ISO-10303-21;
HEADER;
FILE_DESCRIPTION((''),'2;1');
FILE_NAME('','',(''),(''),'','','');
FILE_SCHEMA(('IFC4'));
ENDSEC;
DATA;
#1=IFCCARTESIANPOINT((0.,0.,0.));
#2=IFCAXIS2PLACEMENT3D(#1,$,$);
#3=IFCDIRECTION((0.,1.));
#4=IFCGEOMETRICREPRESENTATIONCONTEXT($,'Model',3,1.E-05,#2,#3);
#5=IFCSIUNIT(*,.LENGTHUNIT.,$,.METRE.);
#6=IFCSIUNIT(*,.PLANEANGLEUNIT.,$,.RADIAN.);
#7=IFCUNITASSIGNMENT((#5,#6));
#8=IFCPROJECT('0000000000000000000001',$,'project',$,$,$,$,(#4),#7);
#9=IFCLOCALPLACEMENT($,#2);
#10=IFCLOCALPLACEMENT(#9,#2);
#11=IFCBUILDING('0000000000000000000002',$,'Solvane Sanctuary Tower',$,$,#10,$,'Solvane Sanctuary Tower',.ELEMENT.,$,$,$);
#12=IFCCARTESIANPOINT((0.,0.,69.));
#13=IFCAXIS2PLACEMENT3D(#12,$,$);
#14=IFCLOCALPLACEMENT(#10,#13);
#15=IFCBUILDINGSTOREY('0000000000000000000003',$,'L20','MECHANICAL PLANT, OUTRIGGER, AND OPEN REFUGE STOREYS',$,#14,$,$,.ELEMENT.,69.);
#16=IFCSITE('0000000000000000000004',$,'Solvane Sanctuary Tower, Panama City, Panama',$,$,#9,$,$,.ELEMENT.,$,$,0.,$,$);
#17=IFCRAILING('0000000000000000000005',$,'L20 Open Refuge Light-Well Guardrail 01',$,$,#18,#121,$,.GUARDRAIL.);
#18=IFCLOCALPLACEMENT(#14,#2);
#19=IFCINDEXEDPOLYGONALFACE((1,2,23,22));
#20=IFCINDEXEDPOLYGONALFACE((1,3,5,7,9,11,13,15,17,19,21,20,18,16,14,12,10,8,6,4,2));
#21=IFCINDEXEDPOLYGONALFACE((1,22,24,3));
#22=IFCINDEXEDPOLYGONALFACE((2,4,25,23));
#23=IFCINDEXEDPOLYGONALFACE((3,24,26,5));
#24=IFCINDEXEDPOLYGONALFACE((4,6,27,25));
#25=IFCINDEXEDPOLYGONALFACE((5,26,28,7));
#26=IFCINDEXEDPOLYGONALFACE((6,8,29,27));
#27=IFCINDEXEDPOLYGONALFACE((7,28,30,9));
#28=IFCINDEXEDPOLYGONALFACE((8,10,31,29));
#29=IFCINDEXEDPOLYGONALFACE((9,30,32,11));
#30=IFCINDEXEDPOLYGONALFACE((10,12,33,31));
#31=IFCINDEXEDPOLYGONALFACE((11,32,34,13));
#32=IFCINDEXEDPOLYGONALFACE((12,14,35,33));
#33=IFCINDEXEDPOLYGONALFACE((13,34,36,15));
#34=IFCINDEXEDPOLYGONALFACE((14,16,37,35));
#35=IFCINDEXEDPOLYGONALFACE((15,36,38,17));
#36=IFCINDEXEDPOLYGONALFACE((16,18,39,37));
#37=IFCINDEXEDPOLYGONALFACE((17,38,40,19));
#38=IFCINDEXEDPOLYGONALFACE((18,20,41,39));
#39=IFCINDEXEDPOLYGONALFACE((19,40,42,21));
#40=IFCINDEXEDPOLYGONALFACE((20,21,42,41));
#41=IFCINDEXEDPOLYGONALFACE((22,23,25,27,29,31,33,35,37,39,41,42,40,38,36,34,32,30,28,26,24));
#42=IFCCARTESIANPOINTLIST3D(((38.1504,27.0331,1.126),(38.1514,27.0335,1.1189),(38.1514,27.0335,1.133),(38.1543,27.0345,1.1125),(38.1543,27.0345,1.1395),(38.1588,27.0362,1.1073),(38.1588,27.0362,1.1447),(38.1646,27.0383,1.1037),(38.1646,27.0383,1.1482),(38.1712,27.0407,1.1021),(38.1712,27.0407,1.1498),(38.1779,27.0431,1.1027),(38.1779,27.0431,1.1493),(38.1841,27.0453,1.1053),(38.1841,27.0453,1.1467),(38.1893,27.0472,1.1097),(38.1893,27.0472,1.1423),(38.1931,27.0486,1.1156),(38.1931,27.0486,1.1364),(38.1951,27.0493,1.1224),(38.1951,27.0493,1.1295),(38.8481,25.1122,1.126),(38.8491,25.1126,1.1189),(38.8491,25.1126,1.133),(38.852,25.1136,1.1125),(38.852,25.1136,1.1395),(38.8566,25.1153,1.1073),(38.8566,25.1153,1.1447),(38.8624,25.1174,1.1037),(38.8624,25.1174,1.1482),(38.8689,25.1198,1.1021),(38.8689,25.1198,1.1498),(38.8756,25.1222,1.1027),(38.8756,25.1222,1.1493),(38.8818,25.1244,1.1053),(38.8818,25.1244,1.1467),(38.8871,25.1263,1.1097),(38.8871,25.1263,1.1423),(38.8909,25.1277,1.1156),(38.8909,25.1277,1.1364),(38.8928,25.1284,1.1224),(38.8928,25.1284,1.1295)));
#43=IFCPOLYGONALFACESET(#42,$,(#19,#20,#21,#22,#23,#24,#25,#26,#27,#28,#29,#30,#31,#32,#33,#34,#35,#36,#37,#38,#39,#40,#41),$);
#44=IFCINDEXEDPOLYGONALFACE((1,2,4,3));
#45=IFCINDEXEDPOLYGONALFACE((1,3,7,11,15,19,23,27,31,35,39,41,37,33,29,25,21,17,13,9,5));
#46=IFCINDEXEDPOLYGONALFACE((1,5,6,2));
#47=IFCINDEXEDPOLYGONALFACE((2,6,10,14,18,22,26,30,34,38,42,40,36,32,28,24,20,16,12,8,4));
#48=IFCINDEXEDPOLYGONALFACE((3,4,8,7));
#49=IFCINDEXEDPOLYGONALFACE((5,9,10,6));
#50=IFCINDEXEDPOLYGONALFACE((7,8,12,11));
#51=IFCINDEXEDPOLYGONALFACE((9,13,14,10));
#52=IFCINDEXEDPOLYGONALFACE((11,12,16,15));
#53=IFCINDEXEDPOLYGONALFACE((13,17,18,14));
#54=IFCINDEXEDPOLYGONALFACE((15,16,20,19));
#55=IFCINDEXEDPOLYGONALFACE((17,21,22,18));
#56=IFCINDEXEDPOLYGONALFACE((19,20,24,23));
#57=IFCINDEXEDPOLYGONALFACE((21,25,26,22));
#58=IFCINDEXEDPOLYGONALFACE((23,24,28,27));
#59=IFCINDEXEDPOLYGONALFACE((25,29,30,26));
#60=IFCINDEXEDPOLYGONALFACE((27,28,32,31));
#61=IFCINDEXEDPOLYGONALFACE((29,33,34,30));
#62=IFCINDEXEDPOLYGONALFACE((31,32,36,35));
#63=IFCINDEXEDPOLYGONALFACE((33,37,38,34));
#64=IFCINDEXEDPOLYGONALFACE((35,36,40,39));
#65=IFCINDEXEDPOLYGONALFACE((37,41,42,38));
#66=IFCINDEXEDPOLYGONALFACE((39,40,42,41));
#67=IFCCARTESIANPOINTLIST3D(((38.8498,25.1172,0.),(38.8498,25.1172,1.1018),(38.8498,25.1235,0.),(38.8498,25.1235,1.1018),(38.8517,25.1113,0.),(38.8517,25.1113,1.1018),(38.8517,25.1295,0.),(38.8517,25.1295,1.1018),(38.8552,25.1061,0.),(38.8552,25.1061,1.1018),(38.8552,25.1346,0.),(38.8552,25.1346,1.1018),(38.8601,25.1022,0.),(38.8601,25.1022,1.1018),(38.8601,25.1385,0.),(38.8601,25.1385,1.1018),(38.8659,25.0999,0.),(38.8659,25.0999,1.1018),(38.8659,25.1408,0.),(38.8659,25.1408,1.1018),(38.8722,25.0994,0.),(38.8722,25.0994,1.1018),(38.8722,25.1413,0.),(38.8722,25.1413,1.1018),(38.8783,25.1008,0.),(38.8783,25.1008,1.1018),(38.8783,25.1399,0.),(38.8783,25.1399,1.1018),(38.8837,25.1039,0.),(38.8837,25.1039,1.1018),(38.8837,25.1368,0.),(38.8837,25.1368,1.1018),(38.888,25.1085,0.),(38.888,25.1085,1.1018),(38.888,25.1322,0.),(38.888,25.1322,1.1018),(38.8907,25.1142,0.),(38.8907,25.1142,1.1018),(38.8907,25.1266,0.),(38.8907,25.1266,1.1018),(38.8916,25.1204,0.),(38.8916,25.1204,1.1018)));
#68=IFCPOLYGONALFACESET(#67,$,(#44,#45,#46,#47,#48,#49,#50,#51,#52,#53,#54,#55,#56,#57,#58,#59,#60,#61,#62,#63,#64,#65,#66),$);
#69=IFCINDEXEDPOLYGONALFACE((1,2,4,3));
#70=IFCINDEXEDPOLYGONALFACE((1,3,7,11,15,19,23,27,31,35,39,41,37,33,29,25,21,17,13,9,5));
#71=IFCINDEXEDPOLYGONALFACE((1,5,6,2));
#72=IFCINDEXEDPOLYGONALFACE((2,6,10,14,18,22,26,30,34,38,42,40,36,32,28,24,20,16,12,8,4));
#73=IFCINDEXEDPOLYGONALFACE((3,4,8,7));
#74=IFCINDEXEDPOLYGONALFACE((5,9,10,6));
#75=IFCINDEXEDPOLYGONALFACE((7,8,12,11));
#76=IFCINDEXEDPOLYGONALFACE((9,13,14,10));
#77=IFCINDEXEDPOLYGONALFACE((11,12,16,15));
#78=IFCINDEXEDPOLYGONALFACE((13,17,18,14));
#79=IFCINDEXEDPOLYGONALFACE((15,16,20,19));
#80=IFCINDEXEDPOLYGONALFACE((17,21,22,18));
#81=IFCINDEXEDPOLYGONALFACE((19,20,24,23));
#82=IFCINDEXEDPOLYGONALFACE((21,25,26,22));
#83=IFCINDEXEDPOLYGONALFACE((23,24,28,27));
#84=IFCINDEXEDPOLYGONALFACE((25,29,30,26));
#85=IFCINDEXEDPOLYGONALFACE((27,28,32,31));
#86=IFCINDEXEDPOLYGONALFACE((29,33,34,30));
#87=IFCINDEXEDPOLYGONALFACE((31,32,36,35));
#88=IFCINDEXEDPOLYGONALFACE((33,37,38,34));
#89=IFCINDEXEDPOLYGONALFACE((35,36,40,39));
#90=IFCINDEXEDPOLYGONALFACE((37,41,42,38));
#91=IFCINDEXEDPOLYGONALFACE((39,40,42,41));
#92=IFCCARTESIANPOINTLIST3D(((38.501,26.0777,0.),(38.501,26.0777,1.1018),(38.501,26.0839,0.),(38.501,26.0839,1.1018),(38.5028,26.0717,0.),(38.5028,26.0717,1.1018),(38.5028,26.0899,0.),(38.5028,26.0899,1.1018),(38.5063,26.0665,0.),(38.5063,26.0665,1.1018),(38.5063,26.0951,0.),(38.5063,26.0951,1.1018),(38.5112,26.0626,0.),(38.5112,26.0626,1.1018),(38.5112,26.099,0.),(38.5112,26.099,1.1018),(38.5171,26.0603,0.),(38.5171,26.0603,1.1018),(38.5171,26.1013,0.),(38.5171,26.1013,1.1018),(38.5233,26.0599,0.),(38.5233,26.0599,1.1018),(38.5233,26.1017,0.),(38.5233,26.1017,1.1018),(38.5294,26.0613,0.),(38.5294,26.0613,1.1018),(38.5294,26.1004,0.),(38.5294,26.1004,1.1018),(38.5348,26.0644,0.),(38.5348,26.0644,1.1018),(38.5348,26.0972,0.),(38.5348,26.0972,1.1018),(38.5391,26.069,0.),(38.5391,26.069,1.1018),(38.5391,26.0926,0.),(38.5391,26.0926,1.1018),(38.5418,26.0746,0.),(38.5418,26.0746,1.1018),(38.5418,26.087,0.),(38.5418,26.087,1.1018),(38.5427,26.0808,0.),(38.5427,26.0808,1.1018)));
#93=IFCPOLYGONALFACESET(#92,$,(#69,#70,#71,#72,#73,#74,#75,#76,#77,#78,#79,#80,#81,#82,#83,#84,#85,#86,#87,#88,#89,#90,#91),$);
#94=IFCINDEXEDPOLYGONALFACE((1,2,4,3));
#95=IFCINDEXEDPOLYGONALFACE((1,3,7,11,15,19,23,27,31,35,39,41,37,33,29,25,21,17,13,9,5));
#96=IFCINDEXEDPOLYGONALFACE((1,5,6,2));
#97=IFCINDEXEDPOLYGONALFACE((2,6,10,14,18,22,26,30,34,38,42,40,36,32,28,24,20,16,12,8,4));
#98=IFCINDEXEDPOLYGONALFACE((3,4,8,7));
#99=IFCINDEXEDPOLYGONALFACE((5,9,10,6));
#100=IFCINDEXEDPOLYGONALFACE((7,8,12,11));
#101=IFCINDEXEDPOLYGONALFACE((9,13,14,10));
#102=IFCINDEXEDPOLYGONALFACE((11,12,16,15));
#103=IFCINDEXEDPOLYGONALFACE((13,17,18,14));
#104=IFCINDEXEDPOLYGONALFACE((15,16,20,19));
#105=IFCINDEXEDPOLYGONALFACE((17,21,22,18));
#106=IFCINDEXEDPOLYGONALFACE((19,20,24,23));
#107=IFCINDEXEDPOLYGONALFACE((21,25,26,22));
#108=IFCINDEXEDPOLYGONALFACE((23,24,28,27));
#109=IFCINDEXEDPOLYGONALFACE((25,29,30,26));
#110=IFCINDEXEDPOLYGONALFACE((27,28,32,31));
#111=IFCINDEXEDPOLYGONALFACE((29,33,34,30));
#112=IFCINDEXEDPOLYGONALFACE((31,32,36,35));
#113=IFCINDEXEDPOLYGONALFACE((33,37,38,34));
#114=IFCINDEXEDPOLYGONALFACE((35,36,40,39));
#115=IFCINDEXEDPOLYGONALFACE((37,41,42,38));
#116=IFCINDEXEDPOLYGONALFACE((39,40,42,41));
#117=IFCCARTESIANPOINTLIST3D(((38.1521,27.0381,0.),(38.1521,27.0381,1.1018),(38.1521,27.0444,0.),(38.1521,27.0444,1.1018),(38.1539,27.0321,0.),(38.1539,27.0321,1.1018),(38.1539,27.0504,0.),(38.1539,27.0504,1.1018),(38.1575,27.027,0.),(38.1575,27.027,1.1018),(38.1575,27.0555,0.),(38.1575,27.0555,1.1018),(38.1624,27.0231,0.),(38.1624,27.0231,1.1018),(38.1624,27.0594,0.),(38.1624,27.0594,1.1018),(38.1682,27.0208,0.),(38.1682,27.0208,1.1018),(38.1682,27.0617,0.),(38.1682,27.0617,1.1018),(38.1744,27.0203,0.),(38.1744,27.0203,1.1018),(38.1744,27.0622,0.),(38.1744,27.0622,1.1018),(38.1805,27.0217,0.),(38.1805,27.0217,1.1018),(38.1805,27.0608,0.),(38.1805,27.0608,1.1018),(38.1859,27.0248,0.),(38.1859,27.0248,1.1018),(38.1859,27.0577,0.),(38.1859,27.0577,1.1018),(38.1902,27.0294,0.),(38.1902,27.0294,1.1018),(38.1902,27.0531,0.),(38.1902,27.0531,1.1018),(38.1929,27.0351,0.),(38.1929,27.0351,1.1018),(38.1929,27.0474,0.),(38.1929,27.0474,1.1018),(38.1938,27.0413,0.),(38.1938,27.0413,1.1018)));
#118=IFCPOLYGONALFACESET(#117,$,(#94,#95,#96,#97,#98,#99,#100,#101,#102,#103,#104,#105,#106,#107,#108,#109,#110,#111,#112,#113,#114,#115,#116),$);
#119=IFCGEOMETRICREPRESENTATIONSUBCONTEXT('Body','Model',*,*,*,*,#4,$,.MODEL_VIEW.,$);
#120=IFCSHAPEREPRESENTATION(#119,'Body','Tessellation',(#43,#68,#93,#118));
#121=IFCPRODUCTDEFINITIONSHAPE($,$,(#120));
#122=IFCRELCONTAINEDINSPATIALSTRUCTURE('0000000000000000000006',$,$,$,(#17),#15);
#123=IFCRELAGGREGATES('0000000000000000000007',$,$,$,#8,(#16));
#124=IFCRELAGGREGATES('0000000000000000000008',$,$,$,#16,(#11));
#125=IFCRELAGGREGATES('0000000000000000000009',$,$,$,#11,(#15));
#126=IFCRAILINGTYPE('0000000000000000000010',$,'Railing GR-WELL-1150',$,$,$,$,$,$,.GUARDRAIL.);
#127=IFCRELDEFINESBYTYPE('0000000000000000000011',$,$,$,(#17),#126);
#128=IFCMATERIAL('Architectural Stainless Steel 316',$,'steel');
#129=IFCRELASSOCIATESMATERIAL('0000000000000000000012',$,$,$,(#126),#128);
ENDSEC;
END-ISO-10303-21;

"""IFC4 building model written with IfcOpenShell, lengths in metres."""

from ifc_helpers import new_model, si_unit, direction, frame, origin, origin_2d, place, context, subcontext, project, spatial, circle, extrude, material, type_object, element, save


model = new_model("IFC4")

# Units and contexts
model_context = context("Model", 3, precision=1e-05, world=origin(), true_north=direction((0.0, 1.0)))
body_context = subcontext(model_context, "Body", "Model", "MODEL_VIEW")
ifc_project = project(units=[si_unit("LENGTHUNIT", "METRE"), si_unit("PLANEANGLEUNIT", "RADIAN")], contexts=[model_context])

# Site, building, storey
site_placement = place(None, origin())
site = spatial("IfcSite", under=ifc_project, at=site_placement, Name="Solvane Sanctuary Tower, Panama City, Panama", CompositionType="ELEMENT", RefElevation=0.0)
building_placement = place(site_placement, origin())
building = spatial("IfcBuilding", under=site, at=building_placement, Name="Solvane Sanctuary Tower", LongName="Solvane Sanctuary Tower", CompositionType="ELEMENT")
storey_placement = place(building_placement, frame((0.0, 0.0, 69.0)))
storey = spatial("IfcBuildingStorey", under=building, at=storey_placement, Name="L20", Description="MECHANICAL PLANT, OUTRIGGER, AND OPEN REFUGE STOREYS", CompositionType="ELEMENT", Elevation=69.0)

# Shared definitions
ifc_material_1 = material(Name="Architectural Stainless Steel 316", Category="steel")

# Railing
railing_type_1 = type_object("IfcRailingType", Name="Railing GR-WELL-1150", PredefinedType="GUARDRAIL", material=ifc_material_1)
railing_1_placement = place(storey_placement, frame((38.8706, 25.1204, 0.0)))
element("IfcRailing", 1, at=railing_1_placement, inside=storey, type_object=railing_type_1, Name="L20 Open Refuge Light-Well Guardrail 01", PredefinedType="GUARDRAIL", context=body_context, shape_type="SweptSolid", body=[
    extrude(circle(Radius=0.0239, at=origin_2d()), frame((0.0, 0.0, 1.126), z_axis=(-0.341417, 0.939912, 0.0), x_axis=(-0.939912, -0.341417, 0.0)), (0.0, 0.0, 1.0), 2.0437),
    extrude(circle(Radius=0.021, at=origin_2d()), origin(), (0.0, 0.0, 1.0), 1.1018),
    extrude(circle(Radius=0.021, at=origin_2d()), frame((-0.3489, 0.9604, 0.0)), (0.0, 0.0, 1.0), 1.1018),
    extrude(circle(Radius=0.021, at=origin_2d()), frame((-0.6978, 1.9209, 0.0)), (0.0, 0.0, 1.0), 1.1018),
])

save(model, "model.ifc")
